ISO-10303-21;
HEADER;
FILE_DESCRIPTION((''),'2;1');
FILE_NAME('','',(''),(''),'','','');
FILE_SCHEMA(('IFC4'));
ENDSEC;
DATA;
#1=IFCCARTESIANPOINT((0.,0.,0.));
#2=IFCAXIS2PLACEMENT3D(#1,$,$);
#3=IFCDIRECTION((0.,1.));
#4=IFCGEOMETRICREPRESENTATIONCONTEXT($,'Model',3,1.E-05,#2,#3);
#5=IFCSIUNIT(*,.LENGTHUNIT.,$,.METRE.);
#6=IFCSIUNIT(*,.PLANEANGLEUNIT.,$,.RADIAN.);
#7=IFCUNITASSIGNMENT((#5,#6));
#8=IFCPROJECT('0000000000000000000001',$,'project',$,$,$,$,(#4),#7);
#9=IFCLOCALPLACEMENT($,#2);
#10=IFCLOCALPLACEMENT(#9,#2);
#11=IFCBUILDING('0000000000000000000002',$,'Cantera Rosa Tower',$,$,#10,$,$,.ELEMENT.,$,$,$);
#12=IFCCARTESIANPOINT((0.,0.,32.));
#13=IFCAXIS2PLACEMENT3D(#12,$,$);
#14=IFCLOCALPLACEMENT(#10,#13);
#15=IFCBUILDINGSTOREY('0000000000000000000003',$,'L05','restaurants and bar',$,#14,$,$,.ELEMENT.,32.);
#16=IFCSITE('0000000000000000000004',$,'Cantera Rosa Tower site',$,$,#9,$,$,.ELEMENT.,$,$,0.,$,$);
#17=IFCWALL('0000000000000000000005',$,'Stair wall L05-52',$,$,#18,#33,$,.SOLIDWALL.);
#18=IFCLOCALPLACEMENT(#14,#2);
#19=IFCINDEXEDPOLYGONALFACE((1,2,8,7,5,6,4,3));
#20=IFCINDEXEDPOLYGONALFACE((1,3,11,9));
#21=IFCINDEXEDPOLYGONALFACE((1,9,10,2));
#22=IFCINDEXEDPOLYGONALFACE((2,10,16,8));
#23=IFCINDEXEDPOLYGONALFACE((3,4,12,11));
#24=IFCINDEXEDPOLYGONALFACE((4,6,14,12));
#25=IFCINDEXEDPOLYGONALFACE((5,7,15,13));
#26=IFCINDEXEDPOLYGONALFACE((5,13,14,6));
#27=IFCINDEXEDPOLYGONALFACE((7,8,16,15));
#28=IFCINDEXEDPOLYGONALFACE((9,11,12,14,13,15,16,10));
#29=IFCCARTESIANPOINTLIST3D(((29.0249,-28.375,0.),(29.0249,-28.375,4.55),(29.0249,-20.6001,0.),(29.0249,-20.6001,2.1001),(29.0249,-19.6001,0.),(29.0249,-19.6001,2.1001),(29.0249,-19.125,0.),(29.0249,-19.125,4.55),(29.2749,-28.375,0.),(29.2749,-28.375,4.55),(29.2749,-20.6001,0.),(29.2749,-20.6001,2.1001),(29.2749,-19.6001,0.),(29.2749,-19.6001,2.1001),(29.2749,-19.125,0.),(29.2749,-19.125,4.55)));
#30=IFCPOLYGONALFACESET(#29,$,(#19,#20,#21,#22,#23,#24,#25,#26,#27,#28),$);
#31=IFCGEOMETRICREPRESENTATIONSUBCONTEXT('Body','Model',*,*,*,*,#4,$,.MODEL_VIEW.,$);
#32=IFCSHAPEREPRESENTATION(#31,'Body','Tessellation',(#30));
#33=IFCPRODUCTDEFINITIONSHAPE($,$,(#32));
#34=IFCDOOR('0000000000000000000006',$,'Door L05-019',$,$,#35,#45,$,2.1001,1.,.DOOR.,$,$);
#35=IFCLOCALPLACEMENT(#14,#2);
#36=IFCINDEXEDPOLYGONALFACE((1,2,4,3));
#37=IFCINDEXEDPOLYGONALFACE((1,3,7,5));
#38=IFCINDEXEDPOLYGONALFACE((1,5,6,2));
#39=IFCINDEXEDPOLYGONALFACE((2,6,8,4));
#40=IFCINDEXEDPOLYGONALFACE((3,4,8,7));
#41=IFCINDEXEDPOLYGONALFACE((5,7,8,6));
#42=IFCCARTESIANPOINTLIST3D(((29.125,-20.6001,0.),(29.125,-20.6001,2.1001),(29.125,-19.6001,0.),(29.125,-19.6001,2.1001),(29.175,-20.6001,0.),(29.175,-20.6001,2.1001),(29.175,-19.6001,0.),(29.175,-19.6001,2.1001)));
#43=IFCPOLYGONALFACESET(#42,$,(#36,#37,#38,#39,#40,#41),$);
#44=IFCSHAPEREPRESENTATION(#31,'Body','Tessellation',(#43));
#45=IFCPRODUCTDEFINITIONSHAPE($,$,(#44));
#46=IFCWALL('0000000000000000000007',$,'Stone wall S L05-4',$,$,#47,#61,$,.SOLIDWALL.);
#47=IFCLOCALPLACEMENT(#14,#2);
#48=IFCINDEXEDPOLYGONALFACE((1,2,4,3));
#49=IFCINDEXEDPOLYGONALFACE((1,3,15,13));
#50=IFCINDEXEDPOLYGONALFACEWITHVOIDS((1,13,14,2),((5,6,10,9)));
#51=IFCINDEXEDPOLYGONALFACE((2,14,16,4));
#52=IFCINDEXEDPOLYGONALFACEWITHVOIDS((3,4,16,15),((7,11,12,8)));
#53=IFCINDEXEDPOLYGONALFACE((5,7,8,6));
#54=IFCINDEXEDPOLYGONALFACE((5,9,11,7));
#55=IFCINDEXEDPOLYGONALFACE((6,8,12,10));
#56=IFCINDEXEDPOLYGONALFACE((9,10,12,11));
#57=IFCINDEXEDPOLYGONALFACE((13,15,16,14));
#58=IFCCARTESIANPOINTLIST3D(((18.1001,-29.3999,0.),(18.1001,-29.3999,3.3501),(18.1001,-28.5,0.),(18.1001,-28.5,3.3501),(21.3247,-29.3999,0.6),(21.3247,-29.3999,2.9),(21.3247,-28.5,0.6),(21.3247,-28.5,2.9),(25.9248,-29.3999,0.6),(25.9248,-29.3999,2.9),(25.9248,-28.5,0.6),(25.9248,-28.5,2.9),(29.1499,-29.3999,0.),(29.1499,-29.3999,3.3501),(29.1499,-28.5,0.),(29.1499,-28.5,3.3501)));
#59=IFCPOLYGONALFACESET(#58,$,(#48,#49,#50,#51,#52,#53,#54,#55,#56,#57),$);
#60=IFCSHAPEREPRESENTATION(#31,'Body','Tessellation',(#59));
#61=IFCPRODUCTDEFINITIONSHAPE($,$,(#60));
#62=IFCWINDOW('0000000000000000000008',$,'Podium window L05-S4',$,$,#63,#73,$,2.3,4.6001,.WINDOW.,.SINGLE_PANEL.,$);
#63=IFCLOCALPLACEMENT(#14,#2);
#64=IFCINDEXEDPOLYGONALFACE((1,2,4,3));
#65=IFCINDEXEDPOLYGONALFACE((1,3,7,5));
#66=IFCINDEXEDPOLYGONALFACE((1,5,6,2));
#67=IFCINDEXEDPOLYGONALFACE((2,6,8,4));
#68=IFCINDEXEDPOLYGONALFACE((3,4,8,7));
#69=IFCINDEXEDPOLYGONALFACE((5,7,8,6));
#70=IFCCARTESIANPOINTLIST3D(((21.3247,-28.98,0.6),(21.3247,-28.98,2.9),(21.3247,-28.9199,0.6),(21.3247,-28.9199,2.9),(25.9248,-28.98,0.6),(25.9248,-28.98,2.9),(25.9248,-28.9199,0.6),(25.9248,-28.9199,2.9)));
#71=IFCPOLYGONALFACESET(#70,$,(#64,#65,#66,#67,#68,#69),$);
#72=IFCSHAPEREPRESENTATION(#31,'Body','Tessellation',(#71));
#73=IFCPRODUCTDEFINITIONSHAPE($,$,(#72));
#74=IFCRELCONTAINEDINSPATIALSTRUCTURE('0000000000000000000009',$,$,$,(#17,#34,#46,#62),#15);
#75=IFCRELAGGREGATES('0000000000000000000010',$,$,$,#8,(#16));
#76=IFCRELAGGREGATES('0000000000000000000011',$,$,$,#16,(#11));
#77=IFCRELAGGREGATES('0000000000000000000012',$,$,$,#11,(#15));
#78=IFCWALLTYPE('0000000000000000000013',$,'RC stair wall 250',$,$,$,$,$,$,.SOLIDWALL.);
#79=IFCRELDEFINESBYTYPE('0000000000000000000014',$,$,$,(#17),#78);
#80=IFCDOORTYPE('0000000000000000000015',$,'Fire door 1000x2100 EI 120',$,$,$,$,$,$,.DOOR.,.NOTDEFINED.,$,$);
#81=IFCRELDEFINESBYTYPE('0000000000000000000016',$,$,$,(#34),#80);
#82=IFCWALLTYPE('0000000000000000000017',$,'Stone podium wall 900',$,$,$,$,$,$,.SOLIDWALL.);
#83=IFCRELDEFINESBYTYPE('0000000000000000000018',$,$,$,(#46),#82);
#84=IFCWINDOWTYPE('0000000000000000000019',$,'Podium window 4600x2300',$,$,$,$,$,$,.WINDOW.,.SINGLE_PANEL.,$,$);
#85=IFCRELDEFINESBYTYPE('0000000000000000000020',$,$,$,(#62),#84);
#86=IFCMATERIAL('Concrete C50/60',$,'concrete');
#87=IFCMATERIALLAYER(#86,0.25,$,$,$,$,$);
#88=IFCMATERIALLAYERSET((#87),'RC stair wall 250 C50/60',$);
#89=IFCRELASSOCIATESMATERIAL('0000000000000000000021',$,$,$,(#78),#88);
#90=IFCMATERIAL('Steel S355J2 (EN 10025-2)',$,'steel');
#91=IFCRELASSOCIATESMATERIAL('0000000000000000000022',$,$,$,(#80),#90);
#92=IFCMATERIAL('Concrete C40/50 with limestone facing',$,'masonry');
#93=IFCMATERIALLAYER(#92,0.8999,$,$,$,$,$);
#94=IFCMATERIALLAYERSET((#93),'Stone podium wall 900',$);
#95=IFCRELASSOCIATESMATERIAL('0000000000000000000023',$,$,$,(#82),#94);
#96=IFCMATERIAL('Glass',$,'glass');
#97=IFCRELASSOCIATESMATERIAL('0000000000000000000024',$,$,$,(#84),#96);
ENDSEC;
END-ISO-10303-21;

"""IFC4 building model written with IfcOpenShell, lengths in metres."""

from ifc_helpers import new_model, si_unit, direction, frame, frame_2d, origin, place, context, subcontext, project, spatial, rectangle, extrude, material, layer, layer_set, type_object, element, fill, save


model = new_model("IFC4")

# Units and contexts
model_context = context("Model", 3, precision=1e-05, world=origin(), true_north=direction((0.0, 1.0)))
body_context = subcontext(model_context, "Body", "Model", "MODEL_VIEW")
ifc_project = project(units=[si_unit("LENGTHUNIT", "METRE"), si_unit("PLANEANGLEUNIT", "RADIAN")], contexts=[model_context])

# Site, building, storey
site_placement = place(None, origin())
site = spatial("IfcSite", under=ifc_project, at=site_placement, Name="Cantera Rosa Tower site", CompositionType="ELEMENT", RefElevation=0.0)
building_placement = place(site_placement, origin())
building = spatial("IfcBuilding", under=site, at=building_placement, Name="Cantera Rosa Tower", CompositionType="ELEMENT")
storey_placement = place(building_placement, frame((0.0, 0.0, 32.0)))
storey = spatial("IfcBuildingStorey", under=building, at=storey_placement, Name="L05", Description="restaurants and bar", CompositionType="ELEMENT", Elevation=32.0)

# Shared definitions
ifc_material_1 = material(Name="Concrete C50/60", Category="concrete")
ifc_layer_1 = layer(ifc_material_1, 0.25)
ifc_layer_set_1 = layer_set([ifc_layer_1], Name="RC stair wall 250 C50/60")
wall_type_1 = type_object("IfcWallType", Name="RC stair wall 250", PredefinedType="SOLIDWALL", material=ifc_layer_set_1)

# Wall, opening, door
wall_1_placement = place(storey_placement, frame((29.1499, -28.375, 0.0), z_axis=(0.0, 0.0, 1.0), x_axis=(0.0, 1.0, 0.0)))
wall_1 = element("IfcWall", 1, at=wall_1_placement, inside=storey, type_object=wall_type_1, Name="Stair wall L05-52", PredefinedType="SOLIDWALL", context=body_context, shape_type="SweptSolid", body=[
    extrude(rectangle(XDim=9.25, YDim=0.25, at=frame_2d((4.625, 0.0))), origin(), (0.0, 0.0, 1.0), 4.55),
])
opening_1_placement = place(wall_1_placement, frame((7.7749, 0.0, 0.0)))
opening_1 = element("IfcOpeningElement", 2, at=opening_1_placement, cuts=wall_1, PredefinedType="OPENING", context=body_context, shape_type="SweptSolid", body=[
    extrude(rectangle(XDim=1.0, YDim=2.1001, at=frame_2d((0.5, 1.05))), frame((0.0, 0.135, 0.0), z_axis=(0.0, -1.0, 0.0), x_axis=(1.0, 0.0, 0.0)), (0.0, 0.0, 1.0), 0.27),
])
ifc_material_2 = material(Name="Steel S355J2 (EN 10025-2)", Category="steel")
door_type = type_object("IfcDoorType", Name="Fire door 1000x2100 EI 120", OperationType="NOTDEFINED", PredefinedType="DOOR", material=ifc_material_2)
door_placement = place(opening_1_placement, origin())
door = element("IfcDoor", 3, at=door_placement, inside=storey, type_object=door_type, Name="Door L05-019", OverallHeight=2.1001, OverallWidth=1.0, PredefinedType="DOOR", context=body_context, shape_type="SweptSolid", body=[
    extrude(rectangle(XDim=1.0, YDim=2.1001, at=frame_2d((0.5, 1.05))), frame((0.0, 0.0249, 0.0), z_axis=(0.0, -1.0, 0.0), x_axis=(1.0, 0.0, 0.0)), (0.0, 0.0, 1.0), 0.05),
])
fill(opening_1, door)

# Wall, opening, window
ifc_material_3 = material(Name="Concrete C40/50 with limestone facing", Category="masonry")
ifc_layer_2 = layer(ifc_material_3, 0.8999)
ifc_layer_set_2 = layer_set([ifc_layer_2], Name="Stone podium wall 900")
wall_type_2 = type_object("IfcWallType", Name="Stone podium wall 900", PredefinedType="SOLIDWALL", material=ifc_layer_set_2)
wall_2_placement = place(storey_placement, frame((29.1499, -28.95, 0.0), z_axis=(0.0, 0.0, 1.0), x_axis=(-1.0, 0.0, 0.0)))
wall_2 = element("IfcWall", 4, at=wall_2_placement, inside=storey, type_object=wall_type_2, Name="Stone wall S L05-4", PredefinedType="SOLIDWALL", context=body_context, shape_type="SweptSolid", body=[
    extrude(rectangle(XDim=11.0498, YDim=0.8999, at=frame_2d((5.5249, 0.0))), origin(), (0.0, 0.0, 1.0), 3.3501),
])
opening_2_placement = place(wall_2_placement, frame((3.2251, 0.0, 0.6001)))
opening_2 = element("IfcOpeningElement", 5, at=opening_2_placement, cuts=wall_2, PredefinedType="OPENING", context=body_context, shape_type="SweptSolid", body=[
    extrude(rectangle(XDim=4.6001, YDim=2.3, at=frame_2d((2.3, 1.1499))), frame((0.0, 0.46, 0.0), z_axis=(0.0, -1.0, 0.0), x_axis=(1.0, 0.0, 0.0)), (0.0, 0.0, 1.0), 0.9199),
])
ifc_material_4 = material(Name="Glass", Category="glass")
window_type = type_object("IfcWindowType", Name="Podium window 4600x2300", PartitioningType="SINGLE_PANEL", PredefinedType="WINDOW", material=ifc_material_4)
window_placement = place(opening_2_placement, origin())
window = element("IfcWindow", 6, at=window_placement, inside=storey, type_object=window_type, Name="Podium window L05-S4", OverallHeight=2.3, OverallWidth=4.6001, PartitioningType="SINGLE_PANEL", PredefinedType="WINDOW", context=body_context, shape_type="SweptSolid", body=[
    extrude(rectangle(XDim=4.6001, YDim=2.3, at=frame_2d((2.3, 1.1499))), frame((0.0, 0.03, 0.0), z_axis=(0.0, -1.0, 0.0), x_axis=(1.0, 0.0, 0.0)), (0.0, 0.0, 1.0), 0.0601),
])
fill(opening_2, window)

save(model, "model.ifc")
